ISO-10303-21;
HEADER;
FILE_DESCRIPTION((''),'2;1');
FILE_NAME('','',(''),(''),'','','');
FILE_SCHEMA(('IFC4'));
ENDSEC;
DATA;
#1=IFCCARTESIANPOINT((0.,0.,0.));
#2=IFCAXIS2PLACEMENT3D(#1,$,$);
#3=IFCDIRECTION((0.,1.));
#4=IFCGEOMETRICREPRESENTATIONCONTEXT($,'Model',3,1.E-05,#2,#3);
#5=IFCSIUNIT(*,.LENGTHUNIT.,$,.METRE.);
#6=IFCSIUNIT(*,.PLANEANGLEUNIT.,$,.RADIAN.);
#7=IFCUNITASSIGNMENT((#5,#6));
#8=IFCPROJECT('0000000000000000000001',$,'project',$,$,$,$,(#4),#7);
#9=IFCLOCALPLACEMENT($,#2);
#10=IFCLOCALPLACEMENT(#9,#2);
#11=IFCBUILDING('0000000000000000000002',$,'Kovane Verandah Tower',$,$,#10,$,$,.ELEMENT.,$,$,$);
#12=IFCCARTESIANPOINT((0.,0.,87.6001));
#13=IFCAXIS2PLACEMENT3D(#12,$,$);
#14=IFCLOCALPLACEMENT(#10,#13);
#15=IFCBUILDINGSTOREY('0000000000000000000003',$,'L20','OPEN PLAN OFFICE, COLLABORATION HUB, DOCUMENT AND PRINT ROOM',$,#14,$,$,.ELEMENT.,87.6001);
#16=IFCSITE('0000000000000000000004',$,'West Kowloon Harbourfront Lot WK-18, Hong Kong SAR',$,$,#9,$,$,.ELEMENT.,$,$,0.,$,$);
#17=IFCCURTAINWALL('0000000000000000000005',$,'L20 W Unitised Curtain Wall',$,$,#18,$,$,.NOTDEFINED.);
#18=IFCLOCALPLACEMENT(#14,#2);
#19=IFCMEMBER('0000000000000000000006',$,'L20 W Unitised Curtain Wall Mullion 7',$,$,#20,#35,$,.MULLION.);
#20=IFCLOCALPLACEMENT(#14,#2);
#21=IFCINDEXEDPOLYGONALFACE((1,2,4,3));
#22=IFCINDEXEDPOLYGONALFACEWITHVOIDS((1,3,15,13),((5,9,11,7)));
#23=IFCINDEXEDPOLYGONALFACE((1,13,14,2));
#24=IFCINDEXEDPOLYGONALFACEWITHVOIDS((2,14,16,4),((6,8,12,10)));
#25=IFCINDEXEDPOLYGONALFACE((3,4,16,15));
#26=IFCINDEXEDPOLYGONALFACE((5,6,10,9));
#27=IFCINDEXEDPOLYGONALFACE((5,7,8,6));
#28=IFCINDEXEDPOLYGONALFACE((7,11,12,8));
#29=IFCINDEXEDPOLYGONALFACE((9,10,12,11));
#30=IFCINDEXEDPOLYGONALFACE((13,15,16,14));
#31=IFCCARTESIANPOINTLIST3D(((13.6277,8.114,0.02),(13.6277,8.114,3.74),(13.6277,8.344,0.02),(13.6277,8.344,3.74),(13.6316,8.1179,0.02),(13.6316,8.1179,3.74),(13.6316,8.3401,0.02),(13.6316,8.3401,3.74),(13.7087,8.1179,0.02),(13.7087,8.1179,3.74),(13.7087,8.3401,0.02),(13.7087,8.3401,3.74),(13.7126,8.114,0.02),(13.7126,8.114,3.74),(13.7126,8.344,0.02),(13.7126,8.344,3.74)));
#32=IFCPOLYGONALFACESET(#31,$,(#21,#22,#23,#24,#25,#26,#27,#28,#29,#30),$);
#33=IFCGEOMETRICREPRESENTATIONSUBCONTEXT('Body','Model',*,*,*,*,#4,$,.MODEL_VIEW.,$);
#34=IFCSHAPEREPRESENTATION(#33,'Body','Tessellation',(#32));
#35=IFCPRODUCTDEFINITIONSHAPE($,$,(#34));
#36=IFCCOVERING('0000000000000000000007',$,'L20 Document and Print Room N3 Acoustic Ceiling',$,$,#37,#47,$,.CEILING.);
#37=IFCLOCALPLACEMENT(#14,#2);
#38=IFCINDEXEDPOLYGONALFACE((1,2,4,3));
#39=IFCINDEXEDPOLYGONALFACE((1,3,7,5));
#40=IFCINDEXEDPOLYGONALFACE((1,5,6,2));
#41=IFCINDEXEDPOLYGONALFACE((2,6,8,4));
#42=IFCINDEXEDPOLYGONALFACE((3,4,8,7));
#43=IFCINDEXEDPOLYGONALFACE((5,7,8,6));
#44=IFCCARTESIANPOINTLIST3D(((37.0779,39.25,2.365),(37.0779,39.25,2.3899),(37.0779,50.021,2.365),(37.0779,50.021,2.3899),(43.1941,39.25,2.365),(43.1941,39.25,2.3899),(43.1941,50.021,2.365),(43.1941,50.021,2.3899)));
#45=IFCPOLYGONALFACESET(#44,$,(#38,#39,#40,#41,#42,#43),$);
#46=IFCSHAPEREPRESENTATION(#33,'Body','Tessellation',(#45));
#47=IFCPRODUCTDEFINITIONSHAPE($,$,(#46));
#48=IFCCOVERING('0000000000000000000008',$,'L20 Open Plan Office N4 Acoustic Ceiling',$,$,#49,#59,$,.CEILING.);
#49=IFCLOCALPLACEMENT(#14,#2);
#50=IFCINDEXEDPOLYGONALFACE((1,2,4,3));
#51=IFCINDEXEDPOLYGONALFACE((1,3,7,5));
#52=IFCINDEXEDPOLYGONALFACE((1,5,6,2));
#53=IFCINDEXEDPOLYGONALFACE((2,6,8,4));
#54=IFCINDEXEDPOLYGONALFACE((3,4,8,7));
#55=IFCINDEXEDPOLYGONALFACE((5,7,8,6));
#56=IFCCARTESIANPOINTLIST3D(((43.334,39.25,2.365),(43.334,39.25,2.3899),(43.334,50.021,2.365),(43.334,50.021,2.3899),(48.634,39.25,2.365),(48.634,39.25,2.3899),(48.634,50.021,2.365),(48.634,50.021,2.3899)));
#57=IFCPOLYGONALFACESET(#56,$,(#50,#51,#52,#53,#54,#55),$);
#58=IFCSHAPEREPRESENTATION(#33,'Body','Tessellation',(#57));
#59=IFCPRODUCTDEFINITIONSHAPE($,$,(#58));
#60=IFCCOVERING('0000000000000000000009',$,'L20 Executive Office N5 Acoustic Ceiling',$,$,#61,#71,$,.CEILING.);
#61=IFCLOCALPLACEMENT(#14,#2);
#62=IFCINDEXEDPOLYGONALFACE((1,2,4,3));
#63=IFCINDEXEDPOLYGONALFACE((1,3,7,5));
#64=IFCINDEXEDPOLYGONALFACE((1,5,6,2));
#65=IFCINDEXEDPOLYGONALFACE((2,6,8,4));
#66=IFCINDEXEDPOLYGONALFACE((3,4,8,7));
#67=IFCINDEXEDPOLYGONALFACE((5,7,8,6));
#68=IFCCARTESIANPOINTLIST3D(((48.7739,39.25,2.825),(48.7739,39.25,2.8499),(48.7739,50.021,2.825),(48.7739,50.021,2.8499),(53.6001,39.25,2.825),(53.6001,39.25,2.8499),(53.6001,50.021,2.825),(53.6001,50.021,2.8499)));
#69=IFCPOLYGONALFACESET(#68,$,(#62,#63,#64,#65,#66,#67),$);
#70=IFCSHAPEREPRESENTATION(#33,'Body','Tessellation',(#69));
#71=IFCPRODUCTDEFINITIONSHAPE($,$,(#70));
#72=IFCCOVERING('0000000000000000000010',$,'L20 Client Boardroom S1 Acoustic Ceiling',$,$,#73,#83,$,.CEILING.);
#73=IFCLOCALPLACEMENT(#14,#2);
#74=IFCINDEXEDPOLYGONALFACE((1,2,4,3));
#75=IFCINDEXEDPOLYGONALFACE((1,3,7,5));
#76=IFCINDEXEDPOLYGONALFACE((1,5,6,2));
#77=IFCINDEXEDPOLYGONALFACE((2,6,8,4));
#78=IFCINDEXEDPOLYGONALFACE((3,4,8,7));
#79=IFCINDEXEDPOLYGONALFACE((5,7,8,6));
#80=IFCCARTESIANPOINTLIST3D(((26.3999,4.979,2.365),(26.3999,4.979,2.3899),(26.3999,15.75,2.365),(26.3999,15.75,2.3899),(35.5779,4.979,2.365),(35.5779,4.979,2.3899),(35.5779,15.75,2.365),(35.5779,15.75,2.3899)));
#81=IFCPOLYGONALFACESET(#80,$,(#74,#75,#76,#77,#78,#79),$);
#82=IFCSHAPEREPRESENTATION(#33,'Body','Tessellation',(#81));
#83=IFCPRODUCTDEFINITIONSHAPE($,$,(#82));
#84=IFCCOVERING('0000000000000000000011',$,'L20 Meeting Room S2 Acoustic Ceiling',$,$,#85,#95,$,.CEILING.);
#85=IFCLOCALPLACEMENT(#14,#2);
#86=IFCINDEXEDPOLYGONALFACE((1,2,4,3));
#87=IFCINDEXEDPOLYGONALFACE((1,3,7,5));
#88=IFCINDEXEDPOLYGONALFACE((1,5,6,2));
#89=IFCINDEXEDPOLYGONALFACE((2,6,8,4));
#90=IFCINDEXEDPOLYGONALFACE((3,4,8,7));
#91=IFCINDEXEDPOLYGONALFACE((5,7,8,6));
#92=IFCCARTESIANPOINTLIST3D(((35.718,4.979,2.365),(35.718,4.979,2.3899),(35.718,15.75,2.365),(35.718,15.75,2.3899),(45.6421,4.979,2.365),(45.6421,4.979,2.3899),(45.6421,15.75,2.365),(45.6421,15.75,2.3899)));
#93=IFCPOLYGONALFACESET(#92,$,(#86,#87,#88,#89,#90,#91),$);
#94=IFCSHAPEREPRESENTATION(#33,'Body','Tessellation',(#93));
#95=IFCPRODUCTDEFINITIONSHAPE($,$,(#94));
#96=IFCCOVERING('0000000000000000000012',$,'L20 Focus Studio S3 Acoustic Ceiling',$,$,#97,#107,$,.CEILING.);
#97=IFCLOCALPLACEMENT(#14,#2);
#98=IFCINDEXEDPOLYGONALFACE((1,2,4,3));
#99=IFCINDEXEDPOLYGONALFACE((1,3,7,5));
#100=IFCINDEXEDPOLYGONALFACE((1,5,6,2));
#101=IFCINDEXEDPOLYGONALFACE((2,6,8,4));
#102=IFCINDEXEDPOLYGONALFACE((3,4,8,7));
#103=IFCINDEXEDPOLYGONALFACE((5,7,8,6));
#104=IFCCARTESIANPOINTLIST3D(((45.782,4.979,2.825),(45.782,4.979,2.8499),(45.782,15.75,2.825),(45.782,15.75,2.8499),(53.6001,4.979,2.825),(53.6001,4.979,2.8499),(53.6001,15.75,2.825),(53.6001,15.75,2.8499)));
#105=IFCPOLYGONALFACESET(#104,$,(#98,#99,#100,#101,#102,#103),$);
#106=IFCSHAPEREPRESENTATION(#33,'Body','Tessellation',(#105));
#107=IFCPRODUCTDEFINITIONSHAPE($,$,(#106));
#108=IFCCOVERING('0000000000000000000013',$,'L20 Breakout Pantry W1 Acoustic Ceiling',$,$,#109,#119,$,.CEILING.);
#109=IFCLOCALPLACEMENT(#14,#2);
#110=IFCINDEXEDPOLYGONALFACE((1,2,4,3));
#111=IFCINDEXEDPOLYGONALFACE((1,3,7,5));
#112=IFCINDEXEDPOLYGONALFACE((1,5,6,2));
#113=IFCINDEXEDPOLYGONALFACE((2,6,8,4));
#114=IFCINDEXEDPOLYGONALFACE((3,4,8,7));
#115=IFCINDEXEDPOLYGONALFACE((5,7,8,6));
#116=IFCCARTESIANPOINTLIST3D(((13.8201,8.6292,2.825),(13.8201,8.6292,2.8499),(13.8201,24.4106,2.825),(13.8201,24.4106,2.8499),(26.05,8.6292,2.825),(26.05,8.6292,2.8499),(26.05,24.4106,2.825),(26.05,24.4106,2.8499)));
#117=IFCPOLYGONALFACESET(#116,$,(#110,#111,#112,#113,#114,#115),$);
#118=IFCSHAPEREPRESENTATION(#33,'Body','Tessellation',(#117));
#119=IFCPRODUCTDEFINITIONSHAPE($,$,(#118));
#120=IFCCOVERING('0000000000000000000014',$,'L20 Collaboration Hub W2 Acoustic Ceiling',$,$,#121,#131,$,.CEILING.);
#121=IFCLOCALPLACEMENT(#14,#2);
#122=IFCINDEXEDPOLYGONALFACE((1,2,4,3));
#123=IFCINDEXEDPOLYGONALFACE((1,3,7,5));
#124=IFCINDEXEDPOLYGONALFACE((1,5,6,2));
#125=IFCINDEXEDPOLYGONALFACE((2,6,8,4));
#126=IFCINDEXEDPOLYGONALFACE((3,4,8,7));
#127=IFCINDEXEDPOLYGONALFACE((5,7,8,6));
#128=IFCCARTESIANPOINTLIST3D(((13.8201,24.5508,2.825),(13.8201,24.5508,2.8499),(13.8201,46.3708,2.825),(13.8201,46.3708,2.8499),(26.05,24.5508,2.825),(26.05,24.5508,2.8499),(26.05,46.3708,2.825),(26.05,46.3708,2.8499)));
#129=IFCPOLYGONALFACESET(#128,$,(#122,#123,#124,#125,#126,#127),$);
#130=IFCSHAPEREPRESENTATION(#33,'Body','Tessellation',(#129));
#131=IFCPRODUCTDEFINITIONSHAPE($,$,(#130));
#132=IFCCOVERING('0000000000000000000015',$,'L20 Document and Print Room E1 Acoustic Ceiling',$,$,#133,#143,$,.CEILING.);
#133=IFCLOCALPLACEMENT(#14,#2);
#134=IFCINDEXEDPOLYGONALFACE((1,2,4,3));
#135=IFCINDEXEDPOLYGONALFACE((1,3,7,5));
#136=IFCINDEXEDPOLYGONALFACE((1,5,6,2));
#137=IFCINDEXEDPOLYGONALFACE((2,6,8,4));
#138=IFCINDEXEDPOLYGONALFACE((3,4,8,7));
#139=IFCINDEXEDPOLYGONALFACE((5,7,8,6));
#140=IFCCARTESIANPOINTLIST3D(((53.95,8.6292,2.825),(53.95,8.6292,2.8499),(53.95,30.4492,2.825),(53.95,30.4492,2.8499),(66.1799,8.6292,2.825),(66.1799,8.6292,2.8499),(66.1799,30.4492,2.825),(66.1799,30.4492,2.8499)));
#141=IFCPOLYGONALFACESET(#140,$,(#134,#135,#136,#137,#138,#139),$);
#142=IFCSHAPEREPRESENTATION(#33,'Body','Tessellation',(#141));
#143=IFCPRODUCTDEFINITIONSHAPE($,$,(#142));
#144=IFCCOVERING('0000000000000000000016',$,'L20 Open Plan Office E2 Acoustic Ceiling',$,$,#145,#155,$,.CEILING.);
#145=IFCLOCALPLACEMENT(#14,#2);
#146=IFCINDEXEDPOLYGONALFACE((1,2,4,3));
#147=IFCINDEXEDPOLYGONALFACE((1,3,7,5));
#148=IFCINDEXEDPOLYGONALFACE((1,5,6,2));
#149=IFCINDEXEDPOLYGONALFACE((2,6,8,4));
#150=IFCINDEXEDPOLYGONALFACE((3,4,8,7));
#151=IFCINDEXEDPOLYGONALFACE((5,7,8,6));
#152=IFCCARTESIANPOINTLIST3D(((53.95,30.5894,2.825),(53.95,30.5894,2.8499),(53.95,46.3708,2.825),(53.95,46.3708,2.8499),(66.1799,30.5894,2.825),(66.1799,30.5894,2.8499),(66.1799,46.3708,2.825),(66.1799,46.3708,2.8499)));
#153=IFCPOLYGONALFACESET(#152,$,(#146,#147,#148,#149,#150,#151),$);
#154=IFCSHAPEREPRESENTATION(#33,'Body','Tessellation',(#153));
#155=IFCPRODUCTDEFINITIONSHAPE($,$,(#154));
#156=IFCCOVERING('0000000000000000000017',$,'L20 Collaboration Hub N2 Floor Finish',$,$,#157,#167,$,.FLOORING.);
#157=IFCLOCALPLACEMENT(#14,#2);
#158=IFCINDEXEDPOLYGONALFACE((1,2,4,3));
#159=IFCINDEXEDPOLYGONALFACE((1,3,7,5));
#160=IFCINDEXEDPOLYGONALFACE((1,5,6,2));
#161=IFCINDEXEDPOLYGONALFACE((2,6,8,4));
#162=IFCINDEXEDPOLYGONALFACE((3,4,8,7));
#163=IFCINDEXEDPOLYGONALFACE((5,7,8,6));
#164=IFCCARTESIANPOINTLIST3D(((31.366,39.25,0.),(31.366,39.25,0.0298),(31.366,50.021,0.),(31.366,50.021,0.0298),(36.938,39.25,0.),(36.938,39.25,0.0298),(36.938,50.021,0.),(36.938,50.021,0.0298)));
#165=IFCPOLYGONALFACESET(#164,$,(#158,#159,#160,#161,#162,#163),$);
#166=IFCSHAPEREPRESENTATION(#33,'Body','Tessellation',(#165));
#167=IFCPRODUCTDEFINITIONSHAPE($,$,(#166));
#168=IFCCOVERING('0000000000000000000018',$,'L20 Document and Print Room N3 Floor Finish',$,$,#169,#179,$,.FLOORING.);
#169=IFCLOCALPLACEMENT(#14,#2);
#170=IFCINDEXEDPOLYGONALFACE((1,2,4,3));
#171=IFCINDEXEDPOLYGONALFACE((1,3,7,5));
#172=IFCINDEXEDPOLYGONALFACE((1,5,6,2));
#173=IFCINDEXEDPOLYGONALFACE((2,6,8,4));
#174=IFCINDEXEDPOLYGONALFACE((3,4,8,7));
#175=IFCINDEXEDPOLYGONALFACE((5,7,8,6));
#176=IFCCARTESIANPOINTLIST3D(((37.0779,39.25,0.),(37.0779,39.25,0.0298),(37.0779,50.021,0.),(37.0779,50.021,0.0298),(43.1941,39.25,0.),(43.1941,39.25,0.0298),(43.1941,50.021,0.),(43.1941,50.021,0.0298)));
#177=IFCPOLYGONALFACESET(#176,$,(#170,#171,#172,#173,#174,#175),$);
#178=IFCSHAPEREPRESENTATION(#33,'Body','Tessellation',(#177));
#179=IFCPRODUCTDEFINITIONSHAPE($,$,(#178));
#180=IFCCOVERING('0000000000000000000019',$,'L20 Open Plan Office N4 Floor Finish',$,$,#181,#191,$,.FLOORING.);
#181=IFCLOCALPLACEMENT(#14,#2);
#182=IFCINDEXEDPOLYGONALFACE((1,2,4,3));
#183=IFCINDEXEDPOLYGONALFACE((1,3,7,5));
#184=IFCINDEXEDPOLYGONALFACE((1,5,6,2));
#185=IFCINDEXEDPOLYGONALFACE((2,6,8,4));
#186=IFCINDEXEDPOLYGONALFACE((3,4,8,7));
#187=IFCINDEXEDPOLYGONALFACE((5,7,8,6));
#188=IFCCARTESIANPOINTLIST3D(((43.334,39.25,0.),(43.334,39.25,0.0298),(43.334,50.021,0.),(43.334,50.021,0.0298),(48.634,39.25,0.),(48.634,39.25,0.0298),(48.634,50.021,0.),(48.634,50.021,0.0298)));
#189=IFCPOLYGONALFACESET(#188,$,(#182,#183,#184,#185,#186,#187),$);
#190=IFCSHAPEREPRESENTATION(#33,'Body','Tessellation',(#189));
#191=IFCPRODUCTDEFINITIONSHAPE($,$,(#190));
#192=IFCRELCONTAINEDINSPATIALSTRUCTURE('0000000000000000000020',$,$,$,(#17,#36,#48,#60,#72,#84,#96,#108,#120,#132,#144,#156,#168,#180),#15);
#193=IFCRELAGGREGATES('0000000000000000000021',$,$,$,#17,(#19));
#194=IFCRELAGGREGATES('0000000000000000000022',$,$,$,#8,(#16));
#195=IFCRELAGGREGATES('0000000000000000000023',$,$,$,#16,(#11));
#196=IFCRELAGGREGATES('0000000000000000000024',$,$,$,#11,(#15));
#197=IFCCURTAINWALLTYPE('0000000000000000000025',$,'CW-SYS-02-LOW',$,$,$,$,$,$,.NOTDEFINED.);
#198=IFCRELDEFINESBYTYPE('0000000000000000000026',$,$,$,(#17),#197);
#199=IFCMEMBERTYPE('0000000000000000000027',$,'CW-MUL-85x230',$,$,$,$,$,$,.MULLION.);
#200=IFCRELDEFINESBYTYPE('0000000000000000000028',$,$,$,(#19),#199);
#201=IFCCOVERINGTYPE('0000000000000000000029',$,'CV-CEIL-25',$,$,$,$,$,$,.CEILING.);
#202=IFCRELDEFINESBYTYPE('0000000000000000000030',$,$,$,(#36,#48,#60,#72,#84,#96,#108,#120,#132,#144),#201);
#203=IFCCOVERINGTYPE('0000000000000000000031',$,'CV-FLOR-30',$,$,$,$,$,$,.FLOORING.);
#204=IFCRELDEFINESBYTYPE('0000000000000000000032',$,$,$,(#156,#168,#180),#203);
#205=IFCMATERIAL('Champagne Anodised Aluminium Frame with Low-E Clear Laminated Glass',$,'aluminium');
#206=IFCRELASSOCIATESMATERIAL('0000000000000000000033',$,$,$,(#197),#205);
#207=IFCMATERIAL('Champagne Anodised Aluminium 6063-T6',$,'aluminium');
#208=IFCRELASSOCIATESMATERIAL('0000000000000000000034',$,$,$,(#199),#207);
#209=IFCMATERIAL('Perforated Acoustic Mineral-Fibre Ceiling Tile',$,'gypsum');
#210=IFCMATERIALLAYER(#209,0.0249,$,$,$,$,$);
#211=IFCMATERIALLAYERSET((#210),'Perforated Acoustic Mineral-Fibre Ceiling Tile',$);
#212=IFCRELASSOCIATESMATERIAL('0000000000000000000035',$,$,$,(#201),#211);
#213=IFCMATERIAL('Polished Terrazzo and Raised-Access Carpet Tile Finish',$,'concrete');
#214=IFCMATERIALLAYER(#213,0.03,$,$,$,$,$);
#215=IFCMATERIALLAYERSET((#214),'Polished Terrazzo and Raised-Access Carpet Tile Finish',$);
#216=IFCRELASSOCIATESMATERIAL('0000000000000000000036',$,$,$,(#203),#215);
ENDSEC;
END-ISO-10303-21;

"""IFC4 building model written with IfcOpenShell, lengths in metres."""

from ifc_helpers import new_model, si_unit, direction, frame, origin, origin_2d, place, context, subcontext, project, spatial, polyline, hollow_rectangle, outline, extrude, material, layer, layer_set, material_profile, profile_set, type_object, element, aggregate, save


model = new_model("IFC4")

# Units and contexts
model_context = context("Model", 3, precision=1e-05, world=origin(), true_north=direction((0.0, 1.0)))
body_context = subcontext(model_context, "Body", "Model", "MODEL_VIEW")
ifc_project = project(units=[si_unit("LENGTHUNIT", "METRE"), si_unit("PLANEANGLEUNIT", "RADIAN")], contexts=[model_context])

# Site, building, storey
site_placement = place(None, origin())
site = spatial("IfcSite", under=ifc_project, at=site_placement, Name="West Kowloon Harbourfront Lot WK-18, Hong Kong SAR", CompositionType="ELEMENT", RefElevation=0.0)
building_placement = place(site_placement, origin())
building = spatial("IfcBuilding", under=site, at=building_placement, Name="Kovane Verandah Tower", CompositionType="ELEMENT")
storey_placement = place(building_placement, frame((0.0, 0.0, 87.6001)))
storey = spatial("IfcBuildingStorey", under=building, at=storey_placement, Name="L20", Description="OPEN PLAN OFFICE, COLLABORATION HUB, DOCUMENT AND PRINT ROOM", CompositionType="ELEMENT", Elevation=87.6001)

# Curtain wall, member
ifc_material_1 = material(Name="Champagne Anodised Aluminium Frame with Low-E Clear Laminated Glass", Category="aluminium")
curtain_wall_type = type_object("IfcCurtainWallType", Name="CW-SYS-02-LOW", PredefinedType="NOTDEFINED", material=ifc_material_1)
curtain_wall_placement = place(storey_placement, origin())
curtain_wall = element("IfcCurtainWall", 1, at=curtain_wall_placement, inside=storey, type_object=curtain_wall_type, Name="L20 W Unitised Curtain Wall", PredefinedType="NOTDEFINED")
ifc_material_2 = material(Name="Champagne Anodised Aluminium 6063-T6", Category="aluminium")
ifc_material_profile = material_profile(ifc_material_2, hollow_rectangle(XDim=0.085, YDim=0.23, WallThickness=0.0039, at=origin_2d()), Name="AL85x230x4")
ifc_profile_set = profile_set([ifc_material_profile], Name="Champagne Anodised Aluminium 6063-T6")
member_type = type_object("IfcMemberType", Name="CW-MUL-85x230", PredefinedType="MULLION", material=ifc_profile_set)
member_placement = place(storey_placement, frame((13.6702, 8.229, 0.02), z_axis=(0.0, 0.0, 1.0), x_axis=(-1.0, 0.0, 0.0)))
member = element("IfcMember", 2, at=member_placement, type_object=member_type, Name="L20 W Unitised Curtain Wall Mullion 7", PredefinedType="MULLION", context=body_context, shape_type="SweptSolid", body=[
    extrude(hollow_rectangle(XDim=0.085, YDim=0.23, WallThickness=0.0039, at=origin_2d()), origin(), (0.0, 0.0, 1.0), 3.72),
])
aggregate(curtain_wall, [member])

# Coverings
ifc_material_3 = material(Name="Perforated Acoustic Mineral-Fibre Ceiling Tile", Category="gypsum")
ifc_layer_1 = layer(ifc_material_3, 0.0249)
ifc_layer_set_1 = layer_set([ifc_layer_1], Name="Perforated Acoustic Mineral-Fibre Ceiling Tile")
covering_type_1 = type_object("IfcCoveringType", Name="CV-CEIL-25", PredefinedType="CEILING", material=ifc_layer_set_1)
covering_1_placement = place(storey_placement, frame((0.0, 0.0, 2.365)))
element("IfcCovering", 3, at=covering_1_placement, inside=storey, type_object=covering_type_1, Name="L20 Document and Print Room N3 Acoustic Ceiling", PredefinedType="CEILING", context=body_context, shape_type="SweptSolid", body=[
    extrude(outline(polyline([(37.0779, 39.25), (43.1941, 39.25), (43.1941, 50.021), (37.0779, 50.021), (37.0779, 39.25)])), origin(), (0.0, 0.0, 1.0), 0.0249),
])
covering_2_placement = place(storey_placement, frame((0.0, 0.0, 2.365)))
element("IfcCovering", 4, at=covering_2_placement, inside=storey, type_object=covering_type_1, Name="L20 Open Plan Office N4 Acoustic Ceiling", PredefinedType="CEILING", context=body_context, shape_type="SweptSolid", body=[
    extrude(outline(polyline([(43.334, 39.25), (48.634, 39.25), (48.634, 50.021), (43.334, 50.021), (43.334, 39.25)])), origin(), (0.0, 0.0, 1.0), 0.0249),
])
covering_3_placement = place(storey_placement, frame((0.0, 0.0, 2.825)))
element("IfcCovering", 5, at=covering_3_placement, inside=storey, type_object=covering_type_1, Name="L20 Executive Office N5 Acoustic Ceiling", PredefinedType="CEILING", context=body_context, shape_type="SweptSolid", body=[
    extrude(outline(polyline([(48.7739, 39.25), (53.6001, 39.25), (53.6001, 50.021), (48.7739, 50.021), (48.7739, 39.25)])), origin(), (0.0, 0.0, 1.0), 0.0249),
])
covering_4_placement = place(storey_placement, frame((0.0, 0.0, 2.365)))
element("IfcCovering", 6, at=covering_4_placement, inside=storey, type_object=covering_type_1, Name="L20 Client Boardroom S1 Acoustic Ceiling", PredefinedType="CEILING", context=body_context, shape_type="SweptSolid", body=[
    extrude(outline(polyline([(26.3999, 4.979), (35.5779, 4.979), (35.5779, 15.75), (26.3999, 15.75), (26.3999, 4.979)])), origin(), (0.0, 0.0, 1.0), 0.0249),
])
covering_5_placement = place(storey_placement, frame((0.0, 0.0, 2.365)))
element("IfcCovering", 7, at=covering_5_placement, inside=storey, type_object=covering_type_1, Name="L20 Meeting Room S2 Acoustic Ceiling", PredefinedType="CEILING", context=body_context, shape_type="SweptSolid", body=[
    extrude(outline(polyline([(35.718, 4.979), (45.6421, 4.979), (45.6421, 15.75), (35.718, 15.75), (35.718, 4.979)])), origin(), (0.0, 0.0, 1.0), 0.0249),
])
covering_6_placement = place(storey_placement, frame((0.0, 0.0, 2.825)))
element("IfcCovering", 8, at=covering_6_placement, inside=storey, type_object=covering_type_1, Name="L20 Focus Studio S3 Acoustic Ceiling", PredefinedType="CEILING", context=body_context, shape_type="SweptSolid", body=[
    extrude(outline(polyline([(45.782, 4.979), (53.6001, 4.979), (53.6001, 15.75), (45.782, 15.75), (45.782, 4.979)])), origin(), (0.0, 0.0, 1.0), 0.0249),
])
covering_7_placement = place(storey_placement, frame((0.0, 0.0, 2.825)))
element("IfcCovering", 9, at=covering_7_placement, inside=storey, type_object=covering_type_1, Name="L20 Breakout Pantry W1 Acoustic Ceiling", PredefinedType="CEILING", context=body_context, shape_type="SweptSolid", body=[
    extrude(outline(polyline([(13.8201, 8.6292), (26.05, 8.6292), (26.05, 24.4106), (13.8201, 24.4106), (13.8201, 8.6292)])), origin(), (0.0, 0.0, 1.0), 0.0249),
])
covering_8_placement = place(storey_placement, frame((0.0, 0.0, 2.825)))
element("IfcCovering", 10, at=covering_8_placement, inside=storey, type_object=covering_type_1, Name="L20 Collaboration Hub W2 Acoustic Ceiling", PredefinedType="CEILING", context=body_context, shape_type="SweptSolid", body=[
    extrude(outline(polyline([(13.8201, 24.5508), (26.05, 24.5508), (26.05, 46.3708), (13.8201, 46.3708), (13.8201, 24.5508)])), origin(), (0.0, 0.0, 1.0), 0.0249),
])
covering_9_placement = place(storey_placement, frame((0.0, 0.0, 2.825)))
element("IfcCovering", 11, at=covering_9_placement, inside=storey, type_object=covering_type_1, Name="L20 Document and Print Room E1 Acoustic Ceiling", PredefinedType="CEILING", context=body_context, shape_type="SweptSolid", body=[
    extrude(outline(polyline([(53.95, 8.6292), (66.1799, 8.6292), (66.1799, 30.4492), (53.95, 30.4492), (53.95, 8.6292)])), origin(), (0.0, 0.0, 1.0), 0.0249),
])
covering_10_placement = place(storey_placement, frame((0.0, 0.0, 2.825)))
element("IfcCovering", 12, at=covering_10_placement, inside=storey, type_object=covering_type_1, Name="L20 Open Plan Office E2 Acoustic Ceiling", PredefinedType="CEILING", context=body_context, shape_type="SweptSolid", body=[
    extrude(outline(polyline([(53.95, 30.5894), (66.1799, 30.5894), (66.1799, 46.3708), (53.95, 46.3708), (53.95, 30.5894)])), origin(), (0.0, 0.0, 1.0), 0.0249),
])
ifc_material_4 = material(Name="Polished Terrazzo and Raised-Access Carpet Tile Finish", Category="concrete")
ifc_layer_2 = layer(ifc_material_4, 0.03)
ifc_layer_set_2 = layer_set([ifc_layer_2], Name="Polished Terrazzo and Raised-Access Carpet Tile Finish")
covering_type_2 = type_object("IfcCoveringType", Name="CV-FLOR-30", PredefinedType="FLOORING", material=ifc_layer_set_2)
covering_11_placement = place(storey_placement, origin())
element("IfcCovering", 13, at=covering_11_placement, inside=storey, type_object=covering_type_2, Name="L20 Collaboration Hub N2 Floor Finish", PredefinedType="FLOORING", context=body_context, shape_type="SweptSolid", body=[
    extrude(outline(polyline([(31.366, 39.25), (36.938, 39.25), (36.938, 50.021), (31.366, 50.021), (31.366, 39.25)])), origin(), (0.0, 0.0, 1.0), 0.0298),
])
covering_12_placement = place(storey_placement, origin())
element("IfcCovering", 14, at=covering_12_placement, inside=storey, type_object=covering_type_2, Name="L20 Document and Print Room N3 Floor Finish", PredefinedType="FLOORING", context=body_context, shape_type="SweptSolid", body=[
    extrude(outline(polyline([(37.0779, 39.25), (43.1941, 39.25), (43.1941, 50.021), (37.0779, 50.021), (37.0779, 39.25)])), origin(), (0.0, 0.0, 1.0), 0.0298),
])
covering_13_placement = place(storey_placement, origin())
element("IfcCovering", 15, at=covering_13_placement, inside=storey, type_object=covering_type_2, Name="L20 Open Plan Office N4 Floor Finish", PredefinedType="FLOORING", context=body_context, shape_type="SweptSolid", body=[
    extrude(outline(polyline([(43.334, 39.25), (48.634, 39.25), (48.634, 50.021), (43.334, 50.021), (43.334, 39.25)])), origin(), (0.0, 0.0, 1.0), 0.0298),
])

save(model, "model.ifc")
